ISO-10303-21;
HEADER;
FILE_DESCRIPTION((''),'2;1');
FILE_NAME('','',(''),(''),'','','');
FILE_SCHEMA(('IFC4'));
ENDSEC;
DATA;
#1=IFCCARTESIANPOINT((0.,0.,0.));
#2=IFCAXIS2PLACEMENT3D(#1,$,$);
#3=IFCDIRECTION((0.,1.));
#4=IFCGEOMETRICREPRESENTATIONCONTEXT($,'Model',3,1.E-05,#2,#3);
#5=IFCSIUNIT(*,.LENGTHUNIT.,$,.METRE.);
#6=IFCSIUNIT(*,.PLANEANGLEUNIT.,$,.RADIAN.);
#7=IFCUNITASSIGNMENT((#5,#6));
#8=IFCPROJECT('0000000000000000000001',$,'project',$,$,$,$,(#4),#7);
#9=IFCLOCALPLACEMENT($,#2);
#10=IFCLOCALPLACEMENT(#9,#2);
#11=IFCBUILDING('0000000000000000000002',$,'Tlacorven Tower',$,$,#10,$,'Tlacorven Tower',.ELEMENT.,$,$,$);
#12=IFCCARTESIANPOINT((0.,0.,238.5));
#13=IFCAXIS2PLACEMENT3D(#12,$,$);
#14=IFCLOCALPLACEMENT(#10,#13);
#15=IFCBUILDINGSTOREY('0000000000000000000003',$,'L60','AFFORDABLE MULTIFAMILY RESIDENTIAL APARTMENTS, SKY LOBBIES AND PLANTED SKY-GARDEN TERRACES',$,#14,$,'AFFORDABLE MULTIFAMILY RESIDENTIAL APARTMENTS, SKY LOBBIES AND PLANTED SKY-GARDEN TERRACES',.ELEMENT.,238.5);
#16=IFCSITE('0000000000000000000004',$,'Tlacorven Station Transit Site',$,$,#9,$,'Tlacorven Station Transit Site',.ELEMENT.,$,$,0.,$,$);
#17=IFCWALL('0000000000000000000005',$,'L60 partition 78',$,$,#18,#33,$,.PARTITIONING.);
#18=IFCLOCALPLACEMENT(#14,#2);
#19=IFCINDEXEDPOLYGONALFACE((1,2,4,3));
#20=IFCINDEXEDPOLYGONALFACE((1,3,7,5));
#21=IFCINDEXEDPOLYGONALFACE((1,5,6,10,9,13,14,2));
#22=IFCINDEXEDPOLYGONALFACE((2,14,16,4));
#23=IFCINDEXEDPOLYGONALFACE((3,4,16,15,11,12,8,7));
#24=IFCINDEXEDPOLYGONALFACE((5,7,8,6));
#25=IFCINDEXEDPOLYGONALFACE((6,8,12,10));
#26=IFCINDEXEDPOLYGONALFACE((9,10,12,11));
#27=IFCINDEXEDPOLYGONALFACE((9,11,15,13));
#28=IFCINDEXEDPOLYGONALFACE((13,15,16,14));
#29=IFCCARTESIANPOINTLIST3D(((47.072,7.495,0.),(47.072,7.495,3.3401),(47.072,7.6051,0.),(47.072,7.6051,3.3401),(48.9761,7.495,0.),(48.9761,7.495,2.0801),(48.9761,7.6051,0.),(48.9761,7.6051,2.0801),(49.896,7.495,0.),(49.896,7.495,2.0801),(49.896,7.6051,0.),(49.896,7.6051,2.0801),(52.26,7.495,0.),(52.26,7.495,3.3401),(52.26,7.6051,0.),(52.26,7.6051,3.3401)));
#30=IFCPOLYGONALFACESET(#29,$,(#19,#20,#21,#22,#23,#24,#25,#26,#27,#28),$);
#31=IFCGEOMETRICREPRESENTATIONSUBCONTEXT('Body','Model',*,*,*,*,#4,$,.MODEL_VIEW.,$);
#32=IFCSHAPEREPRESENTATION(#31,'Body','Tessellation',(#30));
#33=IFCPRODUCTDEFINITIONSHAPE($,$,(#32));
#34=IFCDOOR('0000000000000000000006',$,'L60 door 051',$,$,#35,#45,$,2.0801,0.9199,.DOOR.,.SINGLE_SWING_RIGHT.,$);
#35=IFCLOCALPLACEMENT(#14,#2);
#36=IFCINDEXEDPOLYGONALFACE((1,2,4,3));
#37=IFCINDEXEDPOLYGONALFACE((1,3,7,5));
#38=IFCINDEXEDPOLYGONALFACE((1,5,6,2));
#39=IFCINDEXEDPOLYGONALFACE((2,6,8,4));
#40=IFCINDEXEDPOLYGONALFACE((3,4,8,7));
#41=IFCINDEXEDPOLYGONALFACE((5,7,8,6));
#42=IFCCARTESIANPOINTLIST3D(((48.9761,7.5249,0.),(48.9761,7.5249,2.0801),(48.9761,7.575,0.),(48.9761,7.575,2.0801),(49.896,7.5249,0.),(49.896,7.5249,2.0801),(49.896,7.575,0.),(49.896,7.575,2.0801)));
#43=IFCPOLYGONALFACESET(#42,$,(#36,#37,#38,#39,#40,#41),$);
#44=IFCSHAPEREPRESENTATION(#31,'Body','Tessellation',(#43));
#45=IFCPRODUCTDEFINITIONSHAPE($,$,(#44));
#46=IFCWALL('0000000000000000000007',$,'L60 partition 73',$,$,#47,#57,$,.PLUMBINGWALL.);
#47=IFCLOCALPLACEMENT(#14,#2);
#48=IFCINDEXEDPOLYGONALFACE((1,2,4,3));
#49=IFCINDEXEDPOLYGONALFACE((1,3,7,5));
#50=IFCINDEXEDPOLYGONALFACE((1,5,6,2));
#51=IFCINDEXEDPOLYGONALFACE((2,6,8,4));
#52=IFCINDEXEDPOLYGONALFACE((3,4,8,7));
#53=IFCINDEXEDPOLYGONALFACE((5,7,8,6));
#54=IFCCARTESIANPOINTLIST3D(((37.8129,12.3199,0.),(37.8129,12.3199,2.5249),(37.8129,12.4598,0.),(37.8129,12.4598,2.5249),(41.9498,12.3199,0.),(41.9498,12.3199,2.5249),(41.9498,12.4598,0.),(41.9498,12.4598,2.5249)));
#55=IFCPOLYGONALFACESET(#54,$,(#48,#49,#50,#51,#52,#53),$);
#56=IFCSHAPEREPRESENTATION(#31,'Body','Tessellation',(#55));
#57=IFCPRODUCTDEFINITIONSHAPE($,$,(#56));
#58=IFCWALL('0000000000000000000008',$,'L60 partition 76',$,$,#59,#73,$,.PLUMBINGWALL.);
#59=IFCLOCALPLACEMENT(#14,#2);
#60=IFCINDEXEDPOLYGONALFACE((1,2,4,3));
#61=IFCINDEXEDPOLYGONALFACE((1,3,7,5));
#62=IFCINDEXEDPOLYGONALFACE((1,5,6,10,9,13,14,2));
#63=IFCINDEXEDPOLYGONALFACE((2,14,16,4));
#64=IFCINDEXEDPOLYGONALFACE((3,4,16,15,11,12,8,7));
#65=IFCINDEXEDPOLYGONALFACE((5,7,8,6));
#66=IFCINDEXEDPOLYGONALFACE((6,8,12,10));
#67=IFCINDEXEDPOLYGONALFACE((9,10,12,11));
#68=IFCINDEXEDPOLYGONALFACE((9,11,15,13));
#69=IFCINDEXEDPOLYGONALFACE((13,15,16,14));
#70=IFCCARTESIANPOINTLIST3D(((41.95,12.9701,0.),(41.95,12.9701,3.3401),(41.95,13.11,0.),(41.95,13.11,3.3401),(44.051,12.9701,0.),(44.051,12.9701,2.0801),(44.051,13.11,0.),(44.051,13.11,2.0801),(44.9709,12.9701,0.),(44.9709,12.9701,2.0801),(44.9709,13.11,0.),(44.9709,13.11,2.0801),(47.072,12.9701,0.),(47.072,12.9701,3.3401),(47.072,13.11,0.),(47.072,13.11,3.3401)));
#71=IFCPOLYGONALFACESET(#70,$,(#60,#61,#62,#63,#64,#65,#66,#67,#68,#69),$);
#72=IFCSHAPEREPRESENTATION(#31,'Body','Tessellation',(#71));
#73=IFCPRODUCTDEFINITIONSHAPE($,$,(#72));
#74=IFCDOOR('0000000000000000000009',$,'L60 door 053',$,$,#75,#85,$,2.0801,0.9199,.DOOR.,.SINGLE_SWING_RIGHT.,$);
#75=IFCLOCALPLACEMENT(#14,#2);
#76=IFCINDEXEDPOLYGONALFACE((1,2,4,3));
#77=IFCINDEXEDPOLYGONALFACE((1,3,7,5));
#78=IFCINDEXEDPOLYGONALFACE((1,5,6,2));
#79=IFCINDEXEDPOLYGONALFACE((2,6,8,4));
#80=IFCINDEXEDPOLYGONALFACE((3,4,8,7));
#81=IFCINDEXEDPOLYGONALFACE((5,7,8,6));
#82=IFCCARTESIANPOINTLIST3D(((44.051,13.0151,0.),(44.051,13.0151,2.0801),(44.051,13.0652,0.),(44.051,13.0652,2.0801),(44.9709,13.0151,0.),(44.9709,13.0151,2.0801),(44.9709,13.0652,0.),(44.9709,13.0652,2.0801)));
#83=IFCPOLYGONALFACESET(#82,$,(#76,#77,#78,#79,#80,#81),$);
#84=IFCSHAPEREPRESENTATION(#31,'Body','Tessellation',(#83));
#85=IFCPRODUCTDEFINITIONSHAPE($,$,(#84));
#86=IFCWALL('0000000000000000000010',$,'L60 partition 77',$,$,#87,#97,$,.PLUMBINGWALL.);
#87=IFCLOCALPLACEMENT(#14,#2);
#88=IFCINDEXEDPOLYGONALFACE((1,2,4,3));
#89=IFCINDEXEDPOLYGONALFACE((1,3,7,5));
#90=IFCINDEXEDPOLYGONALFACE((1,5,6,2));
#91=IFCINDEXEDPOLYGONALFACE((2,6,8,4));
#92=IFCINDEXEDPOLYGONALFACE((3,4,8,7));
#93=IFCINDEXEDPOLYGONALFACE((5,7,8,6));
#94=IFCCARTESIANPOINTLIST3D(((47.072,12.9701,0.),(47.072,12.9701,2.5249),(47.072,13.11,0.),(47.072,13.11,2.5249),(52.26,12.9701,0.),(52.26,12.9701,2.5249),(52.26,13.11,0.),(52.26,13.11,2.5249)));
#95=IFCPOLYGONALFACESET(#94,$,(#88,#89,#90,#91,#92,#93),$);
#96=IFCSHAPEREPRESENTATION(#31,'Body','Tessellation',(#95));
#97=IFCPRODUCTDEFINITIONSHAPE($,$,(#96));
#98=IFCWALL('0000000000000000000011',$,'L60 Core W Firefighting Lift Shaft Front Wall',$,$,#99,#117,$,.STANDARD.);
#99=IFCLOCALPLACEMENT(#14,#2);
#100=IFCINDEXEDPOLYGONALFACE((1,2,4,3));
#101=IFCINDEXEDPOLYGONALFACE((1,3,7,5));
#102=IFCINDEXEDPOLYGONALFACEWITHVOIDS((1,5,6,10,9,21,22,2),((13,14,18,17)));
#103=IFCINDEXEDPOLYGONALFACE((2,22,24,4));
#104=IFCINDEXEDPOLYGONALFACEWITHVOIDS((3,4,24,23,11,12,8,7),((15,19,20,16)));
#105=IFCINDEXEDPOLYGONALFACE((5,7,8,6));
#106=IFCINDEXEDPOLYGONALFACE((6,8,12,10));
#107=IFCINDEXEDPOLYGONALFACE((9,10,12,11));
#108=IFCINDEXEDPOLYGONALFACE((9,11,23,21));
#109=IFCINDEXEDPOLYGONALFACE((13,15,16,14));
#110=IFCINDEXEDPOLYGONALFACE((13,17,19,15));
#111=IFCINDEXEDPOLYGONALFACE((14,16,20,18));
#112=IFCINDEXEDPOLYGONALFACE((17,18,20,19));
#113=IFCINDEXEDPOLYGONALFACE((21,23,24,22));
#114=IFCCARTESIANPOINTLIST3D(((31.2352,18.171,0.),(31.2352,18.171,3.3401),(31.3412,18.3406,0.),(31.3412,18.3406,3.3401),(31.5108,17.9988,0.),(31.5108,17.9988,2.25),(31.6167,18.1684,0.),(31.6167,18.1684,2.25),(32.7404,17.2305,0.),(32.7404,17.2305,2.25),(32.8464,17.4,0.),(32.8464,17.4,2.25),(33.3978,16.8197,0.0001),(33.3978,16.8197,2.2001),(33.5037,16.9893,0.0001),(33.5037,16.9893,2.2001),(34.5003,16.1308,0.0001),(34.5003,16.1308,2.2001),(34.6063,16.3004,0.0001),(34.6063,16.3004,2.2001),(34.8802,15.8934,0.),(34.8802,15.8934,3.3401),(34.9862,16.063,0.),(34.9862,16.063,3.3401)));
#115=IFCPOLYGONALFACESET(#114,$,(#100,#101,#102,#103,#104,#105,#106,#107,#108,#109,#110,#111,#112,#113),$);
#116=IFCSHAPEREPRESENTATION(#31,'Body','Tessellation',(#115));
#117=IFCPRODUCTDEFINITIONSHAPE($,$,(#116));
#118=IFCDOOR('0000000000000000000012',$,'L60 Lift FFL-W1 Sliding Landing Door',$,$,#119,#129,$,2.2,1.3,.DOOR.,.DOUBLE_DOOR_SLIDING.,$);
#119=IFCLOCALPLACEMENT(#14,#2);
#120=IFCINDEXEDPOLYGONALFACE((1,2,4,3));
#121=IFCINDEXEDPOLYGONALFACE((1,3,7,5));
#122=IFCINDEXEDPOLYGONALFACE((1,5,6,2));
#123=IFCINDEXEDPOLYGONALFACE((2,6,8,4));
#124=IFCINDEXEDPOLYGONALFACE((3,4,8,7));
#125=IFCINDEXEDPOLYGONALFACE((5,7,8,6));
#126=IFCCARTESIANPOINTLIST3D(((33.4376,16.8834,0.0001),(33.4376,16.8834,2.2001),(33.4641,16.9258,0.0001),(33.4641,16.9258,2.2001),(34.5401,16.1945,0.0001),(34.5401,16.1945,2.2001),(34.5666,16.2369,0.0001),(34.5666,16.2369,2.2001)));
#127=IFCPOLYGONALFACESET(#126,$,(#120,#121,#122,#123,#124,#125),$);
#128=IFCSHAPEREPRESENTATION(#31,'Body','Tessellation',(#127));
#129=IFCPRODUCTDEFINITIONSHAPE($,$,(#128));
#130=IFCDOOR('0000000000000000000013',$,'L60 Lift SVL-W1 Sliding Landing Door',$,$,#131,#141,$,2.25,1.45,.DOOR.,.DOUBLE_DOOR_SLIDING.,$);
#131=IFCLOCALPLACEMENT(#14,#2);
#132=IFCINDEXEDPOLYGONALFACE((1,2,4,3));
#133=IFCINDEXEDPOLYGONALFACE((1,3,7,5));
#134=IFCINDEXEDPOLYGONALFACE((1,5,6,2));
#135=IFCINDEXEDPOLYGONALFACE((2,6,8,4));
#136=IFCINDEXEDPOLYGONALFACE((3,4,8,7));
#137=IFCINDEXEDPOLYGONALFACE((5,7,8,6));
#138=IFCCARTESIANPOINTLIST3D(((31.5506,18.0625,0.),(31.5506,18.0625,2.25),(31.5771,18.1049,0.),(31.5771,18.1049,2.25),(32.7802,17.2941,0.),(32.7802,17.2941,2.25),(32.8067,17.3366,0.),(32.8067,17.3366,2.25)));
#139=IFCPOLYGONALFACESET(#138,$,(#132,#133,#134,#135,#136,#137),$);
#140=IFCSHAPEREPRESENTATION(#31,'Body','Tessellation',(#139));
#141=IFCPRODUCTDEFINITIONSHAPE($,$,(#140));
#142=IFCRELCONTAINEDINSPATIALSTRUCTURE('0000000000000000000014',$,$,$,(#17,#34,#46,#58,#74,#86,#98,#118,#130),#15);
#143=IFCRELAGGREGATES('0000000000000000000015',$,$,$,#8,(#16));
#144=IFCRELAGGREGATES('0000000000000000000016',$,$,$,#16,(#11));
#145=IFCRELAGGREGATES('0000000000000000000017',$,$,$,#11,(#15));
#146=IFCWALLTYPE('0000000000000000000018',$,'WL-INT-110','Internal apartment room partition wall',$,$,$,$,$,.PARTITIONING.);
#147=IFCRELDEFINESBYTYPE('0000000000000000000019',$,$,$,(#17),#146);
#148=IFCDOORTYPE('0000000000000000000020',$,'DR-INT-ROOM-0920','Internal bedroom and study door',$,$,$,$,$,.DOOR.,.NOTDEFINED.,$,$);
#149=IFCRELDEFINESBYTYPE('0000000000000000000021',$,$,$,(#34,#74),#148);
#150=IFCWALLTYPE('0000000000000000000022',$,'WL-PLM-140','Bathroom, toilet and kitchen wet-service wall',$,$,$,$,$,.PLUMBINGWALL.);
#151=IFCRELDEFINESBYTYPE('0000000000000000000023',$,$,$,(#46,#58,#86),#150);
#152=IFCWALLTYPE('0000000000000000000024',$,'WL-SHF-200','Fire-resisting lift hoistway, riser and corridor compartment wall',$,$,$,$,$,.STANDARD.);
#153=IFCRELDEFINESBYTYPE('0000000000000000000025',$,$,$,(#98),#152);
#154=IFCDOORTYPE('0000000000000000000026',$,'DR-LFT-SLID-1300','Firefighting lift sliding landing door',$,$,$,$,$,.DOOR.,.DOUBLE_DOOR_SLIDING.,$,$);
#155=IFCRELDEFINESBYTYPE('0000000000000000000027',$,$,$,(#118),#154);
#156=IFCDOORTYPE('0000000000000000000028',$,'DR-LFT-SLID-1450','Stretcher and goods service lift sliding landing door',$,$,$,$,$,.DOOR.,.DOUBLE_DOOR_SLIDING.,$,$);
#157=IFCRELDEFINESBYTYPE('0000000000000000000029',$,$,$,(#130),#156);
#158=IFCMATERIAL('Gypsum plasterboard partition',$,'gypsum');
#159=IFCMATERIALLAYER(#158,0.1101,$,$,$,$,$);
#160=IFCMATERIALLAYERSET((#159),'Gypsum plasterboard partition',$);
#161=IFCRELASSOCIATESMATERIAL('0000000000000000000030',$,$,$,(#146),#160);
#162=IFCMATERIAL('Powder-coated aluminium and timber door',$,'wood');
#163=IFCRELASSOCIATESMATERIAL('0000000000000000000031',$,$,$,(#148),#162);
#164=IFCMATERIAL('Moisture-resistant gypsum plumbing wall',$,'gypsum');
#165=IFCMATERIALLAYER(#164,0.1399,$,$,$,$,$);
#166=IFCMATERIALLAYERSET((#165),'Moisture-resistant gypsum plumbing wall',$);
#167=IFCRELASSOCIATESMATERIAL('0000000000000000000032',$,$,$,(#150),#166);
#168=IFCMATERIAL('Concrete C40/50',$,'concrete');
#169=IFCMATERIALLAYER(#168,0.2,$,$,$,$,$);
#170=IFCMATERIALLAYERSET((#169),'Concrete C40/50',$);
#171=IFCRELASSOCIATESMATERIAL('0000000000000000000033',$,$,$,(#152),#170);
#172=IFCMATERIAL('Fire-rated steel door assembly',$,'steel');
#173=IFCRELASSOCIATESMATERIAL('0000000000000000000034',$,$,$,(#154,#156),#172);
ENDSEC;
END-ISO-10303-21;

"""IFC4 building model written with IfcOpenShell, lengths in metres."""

from ifc_helpers import new_model, si_unit, direction, frame, frame_2d, origin, place, context, subcontext, project, spatial, rectangle, extrude, source, transform, mapped, material, layer, layer_set, type_object, element, fill, save


model = new_model("IFC4")

# Units and contexts
model_context = context("Model", 3, precision=1e-05, world=origin(), true_north=direction((0.0, 1.0)))
body_context = subcontext(model_context, "Body", "Model", "MODEL_VIEW")
ifc_project = project(units=[si_unit("LENGTHUNIT", "METRE"), si_unit("PLANEANGLEUNIT", "RADIAN")], contexts=[model_context])

# Site, building, storey
site_placement = place(None, origin())
site = spatial("IfcSite", under=ifc_project, at=site_placement, Name="Tlacorven Station Transit Site", LongName="Tlacorven Station Transit Site", CompositionType="ELEMENT", RefElevation=0.0)
building_placement = place(site_placement, origin())
building = spatial("IfcBuilding", under=site, at=building_placement, Name="Tlacorven Tower", LongName="Tlacorven Tower", CompositionType="ELEMENT")
storey_placement = place(building_placement, frame((0.0, 0.0, 238.5)))
storey = spatial("IfcBuildingStorey", under=building, at=storey_placement, Name="L60", Description="AFFORDABLE MULTIFAMILY RESIDENTIAL APARTMENTS, SKY LOBBIES AND PLANTED SKY-GARDEN TERRACES", LongName="AFFORDABLE MULTIFAMILY RESIDENTIAL APARTMENTS, SKY LOBBIES AND PLANTED SKY-GARDEN TERRACES", CompositionType="ELEMENT", Elevation=238.5)

# Shared definitions
ifc_material_1 = material(Name="Fire-rated steel door assembly", Category="steel")

# Wall, opening, door
ifc_material_2 = material(Name="Gypsum plasterboard partition", Category="gypsum")
ifc_layer_1 = layer(ifc_material_2, 0.1101)
ifc_layer_set_1 = layer_set([ifc_layer_1], Name="Gypsum plasterboard partition")
wall_type_1 = type_object("IfcWallType", Name="WL-INT-110", Description="Internal apartment room partition wall", PredefinedType="PARTITIONING", material=ifc_layer_set_1)
ifc_material_3 = material(Name="Powder-coated aluminium and timber door", Category="wood")
door_type_1 = type_object("IfcDoorType", Name="DR-INT-ROOM-0920", Description="Internal bedroom and study door", OperationType="NOTDEFINED", PredefinedType="DOOR", material=ifc_material_3)
shared_shape_1 = source(origin(), body_context, "Body", "SweptSolid", [
    extrude(rectangle(XDim=0.9199, YDim=2.0801, at=frame_2d((0.46, 1.04))), frame((0.0, 0.0249, 0.0), z_axis=(0.0, -1.0, 0.0), x_axis=(1.0, 0.0, 0.0)), (0.0, 0.0, 1.0), 0.05),
])
wall_1_placement = place(storey_placement, frame((47.072, 7.55, 0.0), z_axis=(0.0, 0.0, 1.0), x_axis=(1.0, 0.0, 0.0)))
wall_1 = element("IfcWall", 1, at=wall_1_placement, inside=storey, type_object=wall_type_1, Name="L60 partition 78", PredefinedType="PARTITIONING", context=body_context, shape_type="SweptSolid", body=[
    extrude(rectangle(XDim=5.188, YDim=0.1101, at=frame_2d((2.594, 0.0))), origin(), (0.0, 0.0, 1.0), 3.3401),
])
opening_1_placement = place(wall_1_placement, frame((1.9041, 0.0, 0.0)))
opening_1 = element("IfcOpeningElement", 2, at=opening_1_placement, cuts=wall_1, PredefinedType="OPENING", context=body_context, shape_type="SweptSolid", body=[
    extrude(rectangle(XDim=0.9199, YDim=2.0801, at=frame_2d((0.46, 1.04))), frame((0.0, 0.0649, 0.0), z_axis=(0.0, -1.0, 0.0), x_axis=(1.0, 0.0, 0.0)), (0.0, 0.0, 1.0), 0.1301),
])
door_1_placement = place(opening_1_placement, origin())
door_1 = element("IfcDoor", 3, at=door_1_placement, inside=storey, type_object=door_type_1, Name="L60 door 051", OperationType="SINGLE_SWING_RIGHT", OverallHeight=2.0801, OverallWidth=0.9199, PredefinedType="DOOR", context=body_context, shape_type="MappedRepresentation", body=[
    mapped(shared_shape_1, transform((0.0, 0.0, 0.0), scale=1.0)),
])
fill(opening_1, door_1)

# Wall
ifc_material_4 = material(Name="Moisture-resistant gypsum plumbing wall", Category="gypsum")
ifc_layer_2 = layer(ifc_material_4, 0.1399)
ifc_layer_set_2 = layer_set([ifc_layer_2], Name="Moisture-resistant gypsum plumbing wall")
wall_type_2 = type_object("IfcWallType", Name="WL-PLM-140", Description="Bathroom, toilet and kitchen wet-service wall", PredefinedType="PLUMBINGWALL", material=ifc_layer_set_2)
wall_2_placement = place(storey_placement, frame((37.813, 12.3899, 0.0), z_axis=(0.0, 0.0, 1.0), x_axis=(1.0, 0.0, 0.0)))
element("IfcWall", 4, at=wall_2_placement, inside=storey, type_object=wall_type_2, Name="L60 partition 73", PredefinedType="PLUMBINGWALL", context=body_context, shape_type="SweptSolid", body=[
    extrude(rectangle(XDim=4.137, YDim=0.1399, at=frame_2d((2.0684, 0.0))), origin(), (0.0, 0.0, 1.0), 2.5249),
])

# Wall, opening, door
wall_3_placement = place(storey_placement, frame((41.95, 13.04, 0.0), z_axis=(0.0, 0.0, 1.0), x_axis=(1.0, 0.0, 0.0)))
wall_3 = element("IfcWall", 5, at=wall_3_placement, inside=storey, type_object=wall_type_2, Name="L60 partition 76", PredefinedType="PLUMBINGWALL", context=body_context, shape_type="SweptSolid", body=[
    extrude(rectangle(XDim=5.1221, YDim=0.1399, at=frame_2d((2.561, 0.0))), origin(), (0.0, 0.0, 1.0), 3.3401),
])
opening_2_placement = place(wall_3_placement, frame((2.1011, 0.0, 0.0)))
opening_2 = element("IfcOpeningElement", 6, at=opening_2_placement, cuts=wall_3, PredefinedType="OPENING", context=body_context, shape_type="SweptSolid", body=[
    extrude(rectangle(XDim=0.9199, YDim=2.0801, at=frame_2d((0.46, 1.04))), frame((0.0, 0.0801, 0.0), z_axis=(0.0, -1.0, 0.0), x_axis=(1.0, 0.0, 0.0)), (0.0, 0.0, 1.0), 0.1599),
])
door_2_placement = place(opening_2_placement, frame((0.9199, 0.0, 0.0), z_axis=(0.0, 0.0, 1.0), x_axis=(-1.0, 0.0, 0.0)))
door_2 = element("IfcDoor", 7, at=door_2_placement, inside=storey, type_object=door_type_1, Name="L60 door 053", OperationType="SINGLE_SWING_RIGHT", OverallHeight=2.0801, OverallWidth=0.9199, PredefinedType="DOOR", context=body_context, shape_type="MappedRepresentation", body=[
    mapped(shared_shape_1, transform((0.0, 0.0, 0.0), scale=1.0)),
])
fill(opening_2, door_2)

# Wall
wall_4_placement = place(storey_placement, frame((47.072, 13.04, 0.0), z_axis=(0.0, 0.0, 1.0), x_axis=(1.0, 0.0, 0.0)))
element("IfcWall", 8, at=wall_4_placement, inside=storey, type_object=wall_type_2, Name="L60 partition 77", PredefinedType="PLUMBINGWALL", context=body_context, shape_type="SweptSolid", body=[
    extrude(rectangle(XDim=5.188, YDim=0.1399, at=frame_2d((2.594, 0.0))), origin(), (0.0, 0.0, 1.0), 2.5249),
])

# Wall, openings, doors
ifc_material_5 = material(Name="Concrete C40/50", Category="concrete")
ifc_layer_3 = layer(ifc_material_5, 0.2)
ifc_layer_set_3 = layer_set([ifc_layer_3], Name="Concrete C40/50")
wall_type_3 = type_object("IfcWallType", Name="WL-SHF-200", Description="Fire-resisting lift hoistway, riser and corridor compartment wall", PredefinedType="STANDARD", material=ifc_layer_set_3)
wall_5_placement = place(storey_placement, frame((34.9331, 15.9783, 0.0), z_axis=(0.0, 0.0, 1.0), x_axis=(-0.848056, 0.529907, 0.0)))
wall_5 = element("IfcWall", 9, at=wall_5_placement, inside=storey, type_object=wall_type_3, Name="L60 Core W Firefighting Lift Shaft Front Wall", PredefinedType="STANDARD", context=body_context, shape_type="SweptSolid", body=[
    extrude(rectangle(XDim=4.2981, YDim=0.2, at=frame_2d((2.1489, 0.0))), origin(), (0.0, 0.0, 1.0), 3.3401),
])
opening_3_placement = place(wall_5_placement, frame((0.448, 0.0, 0.0)))
opening_3 = element("IfcOpeningElement", 10, at=opening_3_placement, cuts=wall_5, PredefinedType="OPENING", context=body_context, shape_type="SweptSolid", body=[
    extrude(rectangle(XDim=1.3, YDim=2.2, at=frame_2d((0.6499, 1.1001))), frame((0.0, 0.1099, 0.0), z_axis=(0.0, -1.0, 0.0), x_axis=(1.0, 0.0, 0.0)), (0.0, 0.0, 1.0), 0.22),
])
opening_4_placement = place(wall_5_placement, frame((2.5229, 0.0, 0.0)))
opening_4 = element("IfcOpeningElement", 11, at=opening_4_placement, cuts=wall_5, PredefinedType="OPENING", context=body_context, shape_type="SweptSolid", body=[
    extrude(rectangle(XDim=1.45, YDim=2.25, at=frame_2d((0.7251, 1.125))), frame((0.0, 0.1099, 0.0), z_axis=(0.0, -1.0, 0.0), x_axis=(1.0, 0.0, 0.0)), (0.0, 0.0, 1.0), 0.22),
])
door_type_2 = type_object("IfcDoorType", Name="DR-LFT-SLID-1300", Description="Firefighting lift sliding landing door", OperationType="DOUBLE_DOOR_SLIDING", PredefinedType="DOOR", material=ifc_material_1)
shared_shape_2 = source(origin(), body_context, "Body", "SweptSolid", [
    extrude(rectangle(XDim=1.3, YDim=2.2, at=frame_2d((0.6499, 1.1001))), frame((0.0, 0.0249, 0.0), z_axis=(0.0, -1.0, 0.0), x_axis=(1.0, 0.0, 0.0)), (0.0, 0.0, 1.0), 0.05),
])
door_3_placement = place(opening_3_placement, origin())
door_3 = element("IfcDoor", 12, at=door_3_placement, inside=storey, type_object=door_type_2, Name="L60 Lift FFL-W1 Sliding Landing Door", OperationType="DOUBLE_DOOR_SLIDING", OverallHeight=2.2, OverallWidth=1.3, PredefinedType="DOOR", context=body_context, shape_type="MappedRepresentation", body=[
    mapped(shared_shape_2, transform((0.0, 0.0, 0.0), scale=1.0)),
])
fill(opening_3, door_3)
door_type_3 = type_object("IfcDoorType", Name="DR-LFT-SLID-1450", Description="Stretcher and goods service lift sliding landing door", OperationType="DOUBLE_DOOR_SLIDING", PredefinedType="DOOR", material=ifc_material_1)
shared_shape_3 = source(origin(), body_context, "Body", "SweptSolid", [
    extrude(rectangle(XDim=1.45, YDim=2.25, at=frame_2d((0.7251, 1.125))), frame((0.0, 0.0249, 0.0), z_axis=(0.0, -1.0, 0.0), x_axis=(1.0, 0.0, 0.0)), (0.0, 0.0, 1.0), 0.05),
])
door_4_placement = place(opening_4_placement, origin())
door_4 = element("IfcDoor", 13, at=door_4_placement, inside=storey, type_object=door_type_3, Name="L60 Lift SVL-W1 Sliding Landing Door", OperationType="DOUBLE_DOOR_SLIDING", OverallHeight=2.25, OverallWidth=1.45, PredefinedType="DOOR", context=body_context, shape_type="MappedRepresentation", body=[
    mapped(shared_shape_3, transform((0.0, 0.0, 0.0), scale=1.0)),
])
fill(opening_4, door_4)

save(model, "model.ifc")
